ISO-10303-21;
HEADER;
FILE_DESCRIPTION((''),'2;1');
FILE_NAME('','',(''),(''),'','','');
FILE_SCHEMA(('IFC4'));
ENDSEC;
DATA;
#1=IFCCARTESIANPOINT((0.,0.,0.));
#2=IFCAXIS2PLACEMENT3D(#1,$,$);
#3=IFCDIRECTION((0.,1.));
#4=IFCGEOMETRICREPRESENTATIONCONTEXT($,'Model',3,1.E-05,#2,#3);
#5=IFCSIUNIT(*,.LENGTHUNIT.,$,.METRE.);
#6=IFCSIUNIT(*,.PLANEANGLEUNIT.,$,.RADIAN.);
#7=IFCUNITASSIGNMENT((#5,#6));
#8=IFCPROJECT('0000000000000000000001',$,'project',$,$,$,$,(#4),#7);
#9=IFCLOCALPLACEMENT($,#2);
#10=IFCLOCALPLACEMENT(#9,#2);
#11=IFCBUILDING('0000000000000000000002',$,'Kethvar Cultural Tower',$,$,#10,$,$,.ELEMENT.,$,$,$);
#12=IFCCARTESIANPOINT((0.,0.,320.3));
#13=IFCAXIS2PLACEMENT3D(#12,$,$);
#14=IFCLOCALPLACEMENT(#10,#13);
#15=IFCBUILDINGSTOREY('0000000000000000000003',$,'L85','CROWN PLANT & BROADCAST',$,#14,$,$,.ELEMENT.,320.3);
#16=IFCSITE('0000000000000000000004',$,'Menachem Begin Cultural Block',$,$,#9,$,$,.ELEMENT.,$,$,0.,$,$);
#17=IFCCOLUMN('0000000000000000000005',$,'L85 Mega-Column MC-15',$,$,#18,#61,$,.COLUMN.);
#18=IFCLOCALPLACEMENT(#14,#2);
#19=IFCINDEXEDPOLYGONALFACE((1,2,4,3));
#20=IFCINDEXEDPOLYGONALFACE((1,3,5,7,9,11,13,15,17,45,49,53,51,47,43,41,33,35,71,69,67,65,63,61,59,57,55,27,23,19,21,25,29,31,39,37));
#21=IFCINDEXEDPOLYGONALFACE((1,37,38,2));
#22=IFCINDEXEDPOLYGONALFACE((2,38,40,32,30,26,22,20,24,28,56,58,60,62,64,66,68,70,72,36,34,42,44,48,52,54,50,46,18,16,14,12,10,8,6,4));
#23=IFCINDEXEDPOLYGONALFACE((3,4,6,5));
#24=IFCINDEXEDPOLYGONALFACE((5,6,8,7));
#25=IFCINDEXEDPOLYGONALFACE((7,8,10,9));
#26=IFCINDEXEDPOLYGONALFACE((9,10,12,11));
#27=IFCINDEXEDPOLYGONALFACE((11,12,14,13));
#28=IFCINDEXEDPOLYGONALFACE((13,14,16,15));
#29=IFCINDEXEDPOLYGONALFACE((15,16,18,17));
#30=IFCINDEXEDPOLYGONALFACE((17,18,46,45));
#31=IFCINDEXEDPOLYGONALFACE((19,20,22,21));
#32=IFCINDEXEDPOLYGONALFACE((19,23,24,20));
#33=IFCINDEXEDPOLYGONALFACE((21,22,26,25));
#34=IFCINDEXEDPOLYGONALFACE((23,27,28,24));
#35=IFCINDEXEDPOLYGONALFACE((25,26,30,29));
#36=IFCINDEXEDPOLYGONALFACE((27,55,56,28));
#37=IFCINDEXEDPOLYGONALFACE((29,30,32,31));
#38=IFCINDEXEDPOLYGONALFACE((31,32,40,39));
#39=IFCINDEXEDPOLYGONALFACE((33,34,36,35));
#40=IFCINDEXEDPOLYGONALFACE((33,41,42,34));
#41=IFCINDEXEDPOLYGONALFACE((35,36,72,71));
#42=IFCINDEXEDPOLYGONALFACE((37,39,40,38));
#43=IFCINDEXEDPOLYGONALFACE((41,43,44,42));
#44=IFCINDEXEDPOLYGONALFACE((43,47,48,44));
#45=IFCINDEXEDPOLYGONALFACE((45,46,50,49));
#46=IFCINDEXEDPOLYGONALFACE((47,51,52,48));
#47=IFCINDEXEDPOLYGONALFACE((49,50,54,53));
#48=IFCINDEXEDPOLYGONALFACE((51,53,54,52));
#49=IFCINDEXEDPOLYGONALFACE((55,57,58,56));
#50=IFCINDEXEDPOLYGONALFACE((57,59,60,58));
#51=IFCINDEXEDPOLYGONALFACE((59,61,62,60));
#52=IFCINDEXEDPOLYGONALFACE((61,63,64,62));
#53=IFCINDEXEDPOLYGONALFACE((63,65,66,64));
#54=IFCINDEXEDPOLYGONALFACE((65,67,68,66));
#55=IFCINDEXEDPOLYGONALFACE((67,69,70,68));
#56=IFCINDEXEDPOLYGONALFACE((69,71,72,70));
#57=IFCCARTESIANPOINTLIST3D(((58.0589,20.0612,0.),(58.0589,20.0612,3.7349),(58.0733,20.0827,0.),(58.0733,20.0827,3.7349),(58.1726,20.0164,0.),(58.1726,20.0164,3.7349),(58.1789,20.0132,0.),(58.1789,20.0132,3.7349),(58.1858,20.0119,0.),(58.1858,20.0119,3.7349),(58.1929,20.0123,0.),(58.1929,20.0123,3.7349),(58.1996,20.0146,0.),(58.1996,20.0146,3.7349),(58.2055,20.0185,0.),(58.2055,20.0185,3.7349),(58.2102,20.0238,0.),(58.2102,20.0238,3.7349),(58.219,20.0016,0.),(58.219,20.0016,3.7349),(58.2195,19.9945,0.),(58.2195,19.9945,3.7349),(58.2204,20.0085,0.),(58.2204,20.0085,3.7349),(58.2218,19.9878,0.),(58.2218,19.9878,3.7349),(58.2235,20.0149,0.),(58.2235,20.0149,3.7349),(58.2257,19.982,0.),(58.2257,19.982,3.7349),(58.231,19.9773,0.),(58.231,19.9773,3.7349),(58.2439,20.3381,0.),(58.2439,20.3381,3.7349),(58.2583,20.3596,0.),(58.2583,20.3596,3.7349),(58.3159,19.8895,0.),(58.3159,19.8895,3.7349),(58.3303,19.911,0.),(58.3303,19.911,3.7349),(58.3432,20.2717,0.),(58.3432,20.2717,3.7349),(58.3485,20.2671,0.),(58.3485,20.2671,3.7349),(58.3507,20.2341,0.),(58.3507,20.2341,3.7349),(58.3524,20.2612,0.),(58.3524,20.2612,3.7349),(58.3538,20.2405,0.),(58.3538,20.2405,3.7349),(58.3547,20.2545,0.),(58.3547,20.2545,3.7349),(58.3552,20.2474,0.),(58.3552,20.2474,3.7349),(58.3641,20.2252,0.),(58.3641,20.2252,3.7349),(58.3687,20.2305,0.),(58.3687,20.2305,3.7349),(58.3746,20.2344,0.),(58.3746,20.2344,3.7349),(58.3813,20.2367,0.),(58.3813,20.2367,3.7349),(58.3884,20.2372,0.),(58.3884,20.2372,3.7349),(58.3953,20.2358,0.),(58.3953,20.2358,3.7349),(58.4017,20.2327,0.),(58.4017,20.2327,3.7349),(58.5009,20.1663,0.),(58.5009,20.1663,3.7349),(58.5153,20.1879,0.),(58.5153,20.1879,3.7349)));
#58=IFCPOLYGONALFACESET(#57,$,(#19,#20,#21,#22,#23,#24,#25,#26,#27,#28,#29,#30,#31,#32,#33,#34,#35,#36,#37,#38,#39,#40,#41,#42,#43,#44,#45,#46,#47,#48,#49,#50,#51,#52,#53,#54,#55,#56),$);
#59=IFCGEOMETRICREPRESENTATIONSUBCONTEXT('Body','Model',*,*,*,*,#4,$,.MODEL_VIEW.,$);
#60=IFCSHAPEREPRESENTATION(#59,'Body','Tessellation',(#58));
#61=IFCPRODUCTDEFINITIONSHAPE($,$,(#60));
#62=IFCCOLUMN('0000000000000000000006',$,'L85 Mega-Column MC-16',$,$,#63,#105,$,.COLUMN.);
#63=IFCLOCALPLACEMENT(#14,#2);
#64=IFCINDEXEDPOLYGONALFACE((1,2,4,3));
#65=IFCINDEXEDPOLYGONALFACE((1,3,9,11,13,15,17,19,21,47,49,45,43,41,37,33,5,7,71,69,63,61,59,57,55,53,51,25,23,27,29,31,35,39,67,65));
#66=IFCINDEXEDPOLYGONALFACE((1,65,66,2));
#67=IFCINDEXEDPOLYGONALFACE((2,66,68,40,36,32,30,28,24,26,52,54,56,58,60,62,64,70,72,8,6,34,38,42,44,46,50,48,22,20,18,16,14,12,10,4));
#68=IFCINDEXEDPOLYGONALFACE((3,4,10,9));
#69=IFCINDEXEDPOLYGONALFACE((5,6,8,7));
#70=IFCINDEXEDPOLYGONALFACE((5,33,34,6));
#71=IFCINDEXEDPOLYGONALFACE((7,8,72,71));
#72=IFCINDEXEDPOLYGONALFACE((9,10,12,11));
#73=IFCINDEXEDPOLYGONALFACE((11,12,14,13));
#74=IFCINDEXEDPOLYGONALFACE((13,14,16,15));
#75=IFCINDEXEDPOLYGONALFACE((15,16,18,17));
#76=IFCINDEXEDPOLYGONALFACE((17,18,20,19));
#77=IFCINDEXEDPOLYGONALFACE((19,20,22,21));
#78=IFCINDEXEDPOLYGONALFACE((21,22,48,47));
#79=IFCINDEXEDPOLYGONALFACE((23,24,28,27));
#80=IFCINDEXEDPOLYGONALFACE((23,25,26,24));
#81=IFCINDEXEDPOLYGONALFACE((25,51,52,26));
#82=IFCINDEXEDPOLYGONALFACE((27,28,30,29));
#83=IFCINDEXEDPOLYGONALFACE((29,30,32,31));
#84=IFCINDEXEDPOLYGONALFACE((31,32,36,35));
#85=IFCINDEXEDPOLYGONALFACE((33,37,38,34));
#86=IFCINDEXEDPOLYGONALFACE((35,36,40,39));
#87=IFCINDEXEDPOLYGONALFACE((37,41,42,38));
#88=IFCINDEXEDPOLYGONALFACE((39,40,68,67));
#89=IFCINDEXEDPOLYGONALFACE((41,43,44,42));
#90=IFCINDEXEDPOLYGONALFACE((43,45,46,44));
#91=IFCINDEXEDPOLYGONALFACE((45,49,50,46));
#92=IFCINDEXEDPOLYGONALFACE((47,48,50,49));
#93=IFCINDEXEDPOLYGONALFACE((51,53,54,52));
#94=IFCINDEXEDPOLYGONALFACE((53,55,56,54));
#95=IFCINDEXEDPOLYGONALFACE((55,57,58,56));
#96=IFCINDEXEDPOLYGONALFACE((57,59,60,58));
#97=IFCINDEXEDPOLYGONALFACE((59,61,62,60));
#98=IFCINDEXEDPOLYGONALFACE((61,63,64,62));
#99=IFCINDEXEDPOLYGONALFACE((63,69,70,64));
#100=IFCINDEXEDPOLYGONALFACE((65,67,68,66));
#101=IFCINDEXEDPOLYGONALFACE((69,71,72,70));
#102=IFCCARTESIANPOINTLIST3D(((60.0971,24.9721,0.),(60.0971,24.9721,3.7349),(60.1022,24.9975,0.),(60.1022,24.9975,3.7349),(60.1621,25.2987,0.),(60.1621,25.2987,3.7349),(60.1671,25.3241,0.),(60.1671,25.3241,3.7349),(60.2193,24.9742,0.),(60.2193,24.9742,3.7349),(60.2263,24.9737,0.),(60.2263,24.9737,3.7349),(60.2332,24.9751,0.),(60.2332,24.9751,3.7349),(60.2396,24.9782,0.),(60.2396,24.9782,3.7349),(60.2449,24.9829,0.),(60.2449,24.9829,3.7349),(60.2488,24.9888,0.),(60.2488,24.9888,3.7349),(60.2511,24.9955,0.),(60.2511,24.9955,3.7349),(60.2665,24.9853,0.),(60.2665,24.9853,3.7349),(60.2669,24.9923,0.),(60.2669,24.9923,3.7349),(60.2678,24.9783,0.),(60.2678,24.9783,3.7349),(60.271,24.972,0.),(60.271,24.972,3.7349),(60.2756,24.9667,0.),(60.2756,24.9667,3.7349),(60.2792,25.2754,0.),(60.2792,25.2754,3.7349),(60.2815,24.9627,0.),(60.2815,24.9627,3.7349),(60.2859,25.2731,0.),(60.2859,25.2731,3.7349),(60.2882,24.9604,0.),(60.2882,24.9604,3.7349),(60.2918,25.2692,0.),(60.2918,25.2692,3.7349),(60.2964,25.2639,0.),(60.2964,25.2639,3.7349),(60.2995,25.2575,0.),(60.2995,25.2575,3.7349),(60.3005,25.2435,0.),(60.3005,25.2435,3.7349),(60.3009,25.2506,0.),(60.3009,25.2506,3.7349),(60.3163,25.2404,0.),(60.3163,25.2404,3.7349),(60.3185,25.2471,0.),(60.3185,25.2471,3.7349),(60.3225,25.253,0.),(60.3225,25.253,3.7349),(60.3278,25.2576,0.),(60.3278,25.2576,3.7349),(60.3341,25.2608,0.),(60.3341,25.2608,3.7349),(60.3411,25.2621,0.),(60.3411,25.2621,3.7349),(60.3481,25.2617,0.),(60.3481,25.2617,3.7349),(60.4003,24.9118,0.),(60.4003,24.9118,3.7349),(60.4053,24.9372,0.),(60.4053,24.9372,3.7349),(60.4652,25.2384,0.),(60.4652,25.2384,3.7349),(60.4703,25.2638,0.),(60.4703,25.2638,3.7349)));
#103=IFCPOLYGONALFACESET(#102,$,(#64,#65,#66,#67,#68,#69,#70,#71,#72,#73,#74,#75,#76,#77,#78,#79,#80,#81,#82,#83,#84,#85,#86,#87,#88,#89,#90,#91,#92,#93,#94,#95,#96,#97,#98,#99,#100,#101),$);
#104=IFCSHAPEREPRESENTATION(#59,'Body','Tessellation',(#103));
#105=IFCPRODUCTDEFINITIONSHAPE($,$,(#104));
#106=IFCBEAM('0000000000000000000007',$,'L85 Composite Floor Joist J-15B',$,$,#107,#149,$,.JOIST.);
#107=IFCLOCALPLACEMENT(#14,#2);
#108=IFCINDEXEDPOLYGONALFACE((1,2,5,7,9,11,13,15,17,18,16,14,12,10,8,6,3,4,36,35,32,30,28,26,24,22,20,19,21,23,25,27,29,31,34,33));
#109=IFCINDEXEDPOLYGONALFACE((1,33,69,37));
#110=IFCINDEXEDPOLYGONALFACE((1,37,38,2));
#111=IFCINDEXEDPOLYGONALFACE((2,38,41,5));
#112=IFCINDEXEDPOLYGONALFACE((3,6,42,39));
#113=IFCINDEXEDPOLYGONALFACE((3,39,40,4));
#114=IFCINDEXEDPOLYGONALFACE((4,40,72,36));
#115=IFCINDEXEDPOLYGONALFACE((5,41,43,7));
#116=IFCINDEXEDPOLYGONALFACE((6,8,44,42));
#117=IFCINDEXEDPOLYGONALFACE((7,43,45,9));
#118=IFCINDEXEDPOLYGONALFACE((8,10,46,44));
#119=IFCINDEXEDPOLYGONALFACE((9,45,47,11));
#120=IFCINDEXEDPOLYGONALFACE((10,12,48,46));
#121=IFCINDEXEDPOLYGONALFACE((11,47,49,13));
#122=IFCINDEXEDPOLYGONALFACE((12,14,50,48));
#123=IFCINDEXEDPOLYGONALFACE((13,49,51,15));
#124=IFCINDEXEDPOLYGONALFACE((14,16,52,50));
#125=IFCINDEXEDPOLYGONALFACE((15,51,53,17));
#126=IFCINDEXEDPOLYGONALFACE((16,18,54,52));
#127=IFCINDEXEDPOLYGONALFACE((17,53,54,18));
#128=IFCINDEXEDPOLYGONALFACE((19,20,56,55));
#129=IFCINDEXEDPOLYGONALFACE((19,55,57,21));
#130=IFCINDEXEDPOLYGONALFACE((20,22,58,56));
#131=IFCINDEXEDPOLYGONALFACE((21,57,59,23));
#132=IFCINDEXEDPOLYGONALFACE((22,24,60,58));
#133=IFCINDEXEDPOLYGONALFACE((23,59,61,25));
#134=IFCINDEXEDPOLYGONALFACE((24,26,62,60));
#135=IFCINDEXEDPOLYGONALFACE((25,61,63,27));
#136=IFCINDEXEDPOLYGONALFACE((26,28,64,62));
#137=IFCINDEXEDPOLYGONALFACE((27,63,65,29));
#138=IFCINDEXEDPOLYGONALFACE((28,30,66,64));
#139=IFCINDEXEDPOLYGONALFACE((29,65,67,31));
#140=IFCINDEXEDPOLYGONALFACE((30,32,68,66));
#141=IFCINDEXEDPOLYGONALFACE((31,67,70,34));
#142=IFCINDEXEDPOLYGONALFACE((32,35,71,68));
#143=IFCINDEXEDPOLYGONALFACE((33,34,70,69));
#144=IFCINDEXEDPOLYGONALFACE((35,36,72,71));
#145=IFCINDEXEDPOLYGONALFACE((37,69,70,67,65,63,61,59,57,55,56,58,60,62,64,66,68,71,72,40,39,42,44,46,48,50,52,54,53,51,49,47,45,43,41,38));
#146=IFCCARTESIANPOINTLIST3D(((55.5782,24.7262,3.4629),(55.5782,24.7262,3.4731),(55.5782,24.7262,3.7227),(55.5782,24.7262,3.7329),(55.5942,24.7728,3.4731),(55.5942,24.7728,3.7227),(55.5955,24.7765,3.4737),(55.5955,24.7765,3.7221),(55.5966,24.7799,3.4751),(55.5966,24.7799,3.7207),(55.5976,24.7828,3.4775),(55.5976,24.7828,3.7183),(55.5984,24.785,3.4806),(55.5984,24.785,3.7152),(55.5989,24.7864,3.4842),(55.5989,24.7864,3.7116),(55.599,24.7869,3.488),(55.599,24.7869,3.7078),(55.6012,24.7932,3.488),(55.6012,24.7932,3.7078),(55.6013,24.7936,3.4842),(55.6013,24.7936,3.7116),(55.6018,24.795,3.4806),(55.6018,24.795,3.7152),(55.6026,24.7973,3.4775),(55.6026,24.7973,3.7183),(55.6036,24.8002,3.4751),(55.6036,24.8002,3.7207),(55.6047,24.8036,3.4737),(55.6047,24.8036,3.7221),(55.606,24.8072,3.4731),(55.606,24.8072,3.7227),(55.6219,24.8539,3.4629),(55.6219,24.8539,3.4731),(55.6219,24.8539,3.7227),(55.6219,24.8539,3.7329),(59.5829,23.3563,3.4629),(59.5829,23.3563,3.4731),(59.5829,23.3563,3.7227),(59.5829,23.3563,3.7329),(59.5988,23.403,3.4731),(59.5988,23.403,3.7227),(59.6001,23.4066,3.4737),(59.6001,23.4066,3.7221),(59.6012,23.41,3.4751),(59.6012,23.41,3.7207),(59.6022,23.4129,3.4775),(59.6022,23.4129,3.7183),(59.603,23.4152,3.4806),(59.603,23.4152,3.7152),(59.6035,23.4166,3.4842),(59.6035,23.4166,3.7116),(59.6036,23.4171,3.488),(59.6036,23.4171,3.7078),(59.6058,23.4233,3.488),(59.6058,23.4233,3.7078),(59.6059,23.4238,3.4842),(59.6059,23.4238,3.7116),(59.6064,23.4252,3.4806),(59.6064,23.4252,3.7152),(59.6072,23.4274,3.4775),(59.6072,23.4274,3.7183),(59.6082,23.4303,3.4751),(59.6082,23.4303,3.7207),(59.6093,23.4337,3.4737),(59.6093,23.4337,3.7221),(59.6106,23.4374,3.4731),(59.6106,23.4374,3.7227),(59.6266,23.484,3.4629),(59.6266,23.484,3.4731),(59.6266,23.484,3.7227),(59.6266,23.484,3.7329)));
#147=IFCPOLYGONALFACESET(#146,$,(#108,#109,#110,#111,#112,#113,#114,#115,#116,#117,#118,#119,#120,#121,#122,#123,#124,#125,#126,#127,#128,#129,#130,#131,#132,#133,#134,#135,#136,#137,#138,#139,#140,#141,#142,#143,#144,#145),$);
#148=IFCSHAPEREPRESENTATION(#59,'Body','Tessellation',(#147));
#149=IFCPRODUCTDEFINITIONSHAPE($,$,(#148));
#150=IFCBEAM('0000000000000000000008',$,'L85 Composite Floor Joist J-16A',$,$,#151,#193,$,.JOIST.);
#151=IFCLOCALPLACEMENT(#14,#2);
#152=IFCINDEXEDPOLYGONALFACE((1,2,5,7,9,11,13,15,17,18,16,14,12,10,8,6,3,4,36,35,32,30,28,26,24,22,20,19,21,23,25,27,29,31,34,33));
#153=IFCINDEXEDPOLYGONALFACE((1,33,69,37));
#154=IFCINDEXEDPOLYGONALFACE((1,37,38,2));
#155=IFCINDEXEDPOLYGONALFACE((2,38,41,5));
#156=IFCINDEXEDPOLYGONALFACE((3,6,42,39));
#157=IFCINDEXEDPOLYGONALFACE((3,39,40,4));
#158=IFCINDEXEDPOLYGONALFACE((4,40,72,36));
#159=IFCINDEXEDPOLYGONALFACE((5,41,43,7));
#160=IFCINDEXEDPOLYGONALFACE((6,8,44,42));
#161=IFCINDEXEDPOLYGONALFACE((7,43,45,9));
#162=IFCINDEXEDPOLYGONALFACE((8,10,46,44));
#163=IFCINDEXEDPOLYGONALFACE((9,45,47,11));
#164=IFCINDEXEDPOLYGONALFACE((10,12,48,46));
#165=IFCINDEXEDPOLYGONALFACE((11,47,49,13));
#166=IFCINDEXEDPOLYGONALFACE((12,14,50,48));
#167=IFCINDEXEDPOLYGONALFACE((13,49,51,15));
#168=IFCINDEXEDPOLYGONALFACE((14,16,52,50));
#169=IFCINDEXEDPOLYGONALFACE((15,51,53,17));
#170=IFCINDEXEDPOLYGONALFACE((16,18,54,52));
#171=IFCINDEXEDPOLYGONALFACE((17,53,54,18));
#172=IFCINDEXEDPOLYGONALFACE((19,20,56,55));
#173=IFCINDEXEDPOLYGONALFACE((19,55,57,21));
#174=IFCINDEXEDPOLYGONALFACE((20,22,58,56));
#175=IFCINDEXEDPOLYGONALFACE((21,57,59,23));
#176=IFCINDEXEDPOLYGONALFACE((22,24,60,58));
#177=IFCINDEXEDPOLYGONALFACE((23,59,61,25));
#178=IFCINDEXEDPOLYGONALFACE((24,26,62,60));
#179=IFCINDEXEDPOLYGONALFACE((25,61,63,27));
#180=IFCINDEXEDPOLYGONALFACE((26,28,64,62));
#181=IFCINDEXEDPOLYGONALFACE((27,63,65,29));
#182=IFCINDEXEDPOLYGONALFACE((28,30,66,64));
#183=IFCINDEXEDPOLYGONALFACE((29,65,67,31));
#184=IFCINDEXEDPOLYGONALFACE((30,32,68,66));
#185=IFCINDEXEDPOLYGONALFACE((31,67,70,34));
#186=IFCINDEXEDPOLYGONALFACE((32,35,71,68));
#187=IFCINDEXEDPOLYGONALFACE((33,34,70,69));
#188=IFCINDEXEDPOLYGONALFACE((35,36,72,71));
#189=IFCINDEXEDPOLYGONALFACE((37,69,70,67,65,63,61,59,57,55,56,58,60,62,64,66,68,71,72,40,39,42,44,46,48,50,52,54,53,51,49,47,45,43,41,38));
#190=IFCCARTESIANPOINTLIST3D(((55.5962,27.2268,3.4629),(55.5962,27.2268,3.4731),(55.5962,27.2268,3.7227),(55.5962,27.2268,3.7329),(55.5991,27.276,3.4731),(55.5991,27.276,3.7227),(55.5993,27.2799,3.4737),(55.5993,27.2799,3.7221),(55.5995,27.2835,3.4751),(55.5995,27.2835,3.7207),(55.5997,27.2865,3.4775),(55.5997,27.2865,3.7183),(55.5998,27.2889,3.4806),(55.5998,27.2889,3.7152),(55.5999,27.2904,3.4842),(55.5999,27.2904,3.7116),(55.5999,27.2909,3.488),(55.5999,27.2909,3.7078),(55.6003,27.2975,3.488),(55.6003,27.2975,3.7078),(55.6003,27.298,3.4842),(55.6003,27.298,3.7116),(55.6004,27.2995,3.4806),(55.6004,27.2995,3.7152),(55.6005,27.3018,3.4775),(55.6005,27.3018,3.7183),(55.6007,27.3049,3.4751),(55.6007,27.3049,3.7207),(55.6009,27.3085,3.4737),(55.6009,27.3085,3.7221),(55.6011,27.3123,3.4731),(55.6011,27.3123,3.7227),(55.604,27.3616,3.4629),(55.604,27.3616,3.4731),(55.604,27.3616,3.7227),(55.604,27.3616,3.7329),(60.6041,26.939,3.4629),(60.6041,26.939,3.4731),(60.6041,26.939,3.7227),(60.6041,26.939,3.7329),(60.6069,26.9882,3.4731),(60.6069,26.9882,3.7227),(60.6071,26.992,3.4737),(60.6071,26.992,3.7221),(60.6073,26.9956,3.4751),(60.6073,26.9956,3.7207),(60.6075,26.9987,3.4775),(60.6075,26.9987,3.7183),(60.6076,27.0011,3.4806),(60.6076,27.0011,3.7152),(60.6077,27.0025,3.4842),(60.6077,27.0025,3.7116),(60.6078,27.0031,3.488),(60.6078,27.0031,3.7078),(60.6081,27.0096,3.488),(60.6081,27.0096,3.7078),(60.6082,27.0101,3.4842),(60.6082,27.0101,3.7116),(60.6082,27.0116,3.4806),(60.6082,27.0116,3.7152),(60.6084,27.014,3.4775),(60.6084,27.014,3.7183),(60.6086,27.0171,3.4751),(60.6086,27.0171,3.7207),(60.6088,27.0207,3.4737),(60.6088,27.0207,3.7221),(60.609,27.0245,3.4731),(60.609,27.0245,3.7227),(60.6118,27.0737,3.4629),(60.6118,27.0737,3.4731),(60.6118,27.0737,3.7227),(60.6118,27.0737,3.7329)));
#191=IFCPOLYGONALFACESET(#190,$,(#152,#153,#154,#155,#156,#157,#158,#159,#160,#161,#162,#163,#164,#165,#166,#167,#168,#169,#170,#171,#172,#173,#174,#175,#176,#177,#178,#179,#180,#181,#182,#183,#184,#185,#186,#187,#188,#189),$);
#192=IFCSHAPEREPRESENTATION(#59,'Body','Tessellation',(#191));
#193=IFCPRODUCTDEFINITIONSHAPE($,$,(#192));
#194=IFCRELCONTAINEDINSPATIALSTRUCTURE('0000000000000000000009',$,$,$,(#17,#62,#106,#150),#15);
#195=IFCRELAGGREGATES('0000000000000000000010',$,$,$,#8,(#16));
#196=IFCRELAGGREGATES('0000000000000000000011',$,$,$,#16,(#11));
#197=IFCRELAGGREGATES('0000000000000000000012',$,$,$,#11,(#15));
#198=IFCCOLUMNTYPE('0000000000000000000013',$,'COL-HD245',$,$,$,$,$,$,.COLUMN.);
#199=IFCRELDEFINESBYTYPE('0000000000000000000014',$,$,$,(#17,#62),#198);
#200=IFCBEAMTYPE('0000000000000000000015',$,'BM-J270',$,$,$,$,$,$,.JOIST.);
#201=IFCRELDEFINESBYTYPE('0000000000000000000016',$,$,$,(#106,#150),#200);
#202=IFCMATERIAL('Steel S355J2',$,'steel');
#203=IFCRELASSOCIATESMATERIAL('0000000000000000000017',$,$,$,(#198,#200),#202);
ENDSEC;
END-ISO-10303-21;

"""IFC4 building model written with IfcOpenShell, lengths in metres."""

from ifc_helpers import new_model, si_unit, direction, frame, origin, origin_2d, place, context, subcontext, project, spatial, i_section, extrude, source, transform, mapped, material, material_profile, profile_set, type_object, element, save


model = new_model("IFC4")

# Units and contexts
model_context = context("Model", 3, precision=1e-05, world=origin(), true_north=direction((0.0, 1.0)))
body_context = subcontext(model_context, "Body", "Model", "MODEL_VIEW")
ifc_project = project(units=[si_unit("LENGTHUNIT", "METRE"), si_unit("PLANEANGLEUNIT", "RADIAN")], contexts=[model_context])

# Site, building, storey
site_placement = place(None, origin())
site = spatial("IfcSite", under=ifc_project, at=site_placement, Name="Menachem Begin Cultural Block", CompositionType="ELEMENT", RefElevation=0.0)
building_placement = place(site_placement, origin())
building = spatial("IfcBuilding", under=site, at=building_placement, Name="Kethvar Cultural Tower", CompositionType="ELEMENT")
storey_placement = place(building_placement, frame((0.0, 0.0, 320.3)))
storey = spatial("IfcBuildingStorey", under=building, at=storey_placement, Name="L85", Description="CROWN PLANT & BROADCAST", CompositionType="ELEMENT", Elevation=320.3)

# Columns
ifc_material_1 = material(Name="Steel S355J2", Category="steel")
ifc_material_profile_1 = material_profile(ifc_material_1, i_section(OverallWidth=0.3091, OverallDepth=0.3589, WebThickness=0.0161, FlangeThickness=0.0259, FilletRadius=0.0271, at=origin_2d()), Name="Steel S355J2 — HD320x245")
ifc_profile_set_1 = profile_set([ifc_material_profile_1], Name="Steel S355J2 — HD320x245")
column_type = type_object("IfcColumnType", Name="COL-HD245", PredefinedType="COLUMN", material=ifc_profile_set_1)
shared_shape_1 = source(origin(), body_context, "Body", "SweptSolid", [
    extrude(i_section(OverallWidth=0.3091, OverallDepth=0.3589, WebThickness=0.0161, FlangeThickness=0.0259, FilletRadius=0.0271, at=origin_2d()), origin(), (0.0, 0.0, 1.0), 3.7349),
])
for number, where, z_axis, x_axis, name in (
    (1, (58.2871, 20.1245, 0.0), (0.0, 0.0, 1.0), (0.83147, -0.55557, 0.0), "L85 Mega-Column MC-15"),
    (2, (60.2837, 25.1179, 0.0), (0.0, 0.0, 1.0), (0.980785, -0.19509, 0.0), "L85 Mega-Column MC-16"),
):
    element("IfcColumn", number, at=place(storey_placement, frame(where, z_axis=z_axis, x_axis=x_axis)), inside=storey, type_object=column_type, Name=name, PredefinedType="COLUMN", context=body_context, shape_type="MappedRepresentation", body=[
        mapped(shared_shape_1, transform((0.0, 0.0, 0.0), scale=1.0)),
    ])

# Beams
ifc_material_profile_2 = material_profile(ifc_material_1, i_section(OverallWidth=0.135, OverallDepth=0.27, WebThickness=0.0066, FlangeThickness=0.0103, FilletRadius=0.0149, at=origin_2d()), Name="Steel S355J2 — IPE270")
ifc_profile_set_2 = profile_set([ifc_material_profile_2], Name="Steel S355J2 — IPE270")
beam_type_1 = type_object("IfcBeamType", Name="BM-J270", PredefinedType="JOIST", material=ifc_profile_set_2)
shared_shape_2 = source(origin(), body_context, "Body", "SweptSolid", [
    extrude(i_section(OverallWidth=0.135, OverallDepth=0.27, WebThickness=0.0066, FlangeThickness=0.0103, FilletRadius=0.0149, at=origin_2d()), origin(), (0.0, 0.0, 1.0), 4.2324),
])
beam_1_placement = place(storey_placement, frame((55.6001, 24.79, 3.5979), z_axis=(0.946174, -0.323659, 0.0), x_axis=(0.323659, 0.946174, 0.0)))
element("IfcBeam", 3, at=beam_1_placement, inside=storey, type_object=beam_type_1, Name="L85 Composite Floor Joist J-15B", PredefinedType="JOIST", context=body_context, shape_type="MappedRepresentation", body=[
    mapped(shared_shape_2, transform((0.0, 0.0, 0.0), scale=1.0)),
])
shared_shape_3 = source(origin(), body_context, "Body", "SweptSolid", [
    extrude(i_section(OverallWidth=0.135, OverallDepth=0.27, WebThickness=0.0066, FlangeThickness=0.0103, FilletRadius=0.0149, at=origin_2d()), origin(), (0.0, 0.0, 1.0), 5.0161),
])
beam_2_placement = place(storey_placement, frame((55.6001, 27.2942, 3.5979), z_axis=(0.998352, -0.057384, 0.0), x_axis=(0.057384, 0.998352, 0.0)))
element("IfcBeam", 4, at=beam_2_placement, inside=storey, type_object=beam_type_1, Name="L85 Composite Floor Joist J-16A", PredefinedType="JOIST", context=body_context, shape_type="MappedRepresentation", body=[
    mapped(shared_shape_3, transform((0.0, 0.0, 0.0), scale=1.0)),
])

save(model, "model.ifc")
